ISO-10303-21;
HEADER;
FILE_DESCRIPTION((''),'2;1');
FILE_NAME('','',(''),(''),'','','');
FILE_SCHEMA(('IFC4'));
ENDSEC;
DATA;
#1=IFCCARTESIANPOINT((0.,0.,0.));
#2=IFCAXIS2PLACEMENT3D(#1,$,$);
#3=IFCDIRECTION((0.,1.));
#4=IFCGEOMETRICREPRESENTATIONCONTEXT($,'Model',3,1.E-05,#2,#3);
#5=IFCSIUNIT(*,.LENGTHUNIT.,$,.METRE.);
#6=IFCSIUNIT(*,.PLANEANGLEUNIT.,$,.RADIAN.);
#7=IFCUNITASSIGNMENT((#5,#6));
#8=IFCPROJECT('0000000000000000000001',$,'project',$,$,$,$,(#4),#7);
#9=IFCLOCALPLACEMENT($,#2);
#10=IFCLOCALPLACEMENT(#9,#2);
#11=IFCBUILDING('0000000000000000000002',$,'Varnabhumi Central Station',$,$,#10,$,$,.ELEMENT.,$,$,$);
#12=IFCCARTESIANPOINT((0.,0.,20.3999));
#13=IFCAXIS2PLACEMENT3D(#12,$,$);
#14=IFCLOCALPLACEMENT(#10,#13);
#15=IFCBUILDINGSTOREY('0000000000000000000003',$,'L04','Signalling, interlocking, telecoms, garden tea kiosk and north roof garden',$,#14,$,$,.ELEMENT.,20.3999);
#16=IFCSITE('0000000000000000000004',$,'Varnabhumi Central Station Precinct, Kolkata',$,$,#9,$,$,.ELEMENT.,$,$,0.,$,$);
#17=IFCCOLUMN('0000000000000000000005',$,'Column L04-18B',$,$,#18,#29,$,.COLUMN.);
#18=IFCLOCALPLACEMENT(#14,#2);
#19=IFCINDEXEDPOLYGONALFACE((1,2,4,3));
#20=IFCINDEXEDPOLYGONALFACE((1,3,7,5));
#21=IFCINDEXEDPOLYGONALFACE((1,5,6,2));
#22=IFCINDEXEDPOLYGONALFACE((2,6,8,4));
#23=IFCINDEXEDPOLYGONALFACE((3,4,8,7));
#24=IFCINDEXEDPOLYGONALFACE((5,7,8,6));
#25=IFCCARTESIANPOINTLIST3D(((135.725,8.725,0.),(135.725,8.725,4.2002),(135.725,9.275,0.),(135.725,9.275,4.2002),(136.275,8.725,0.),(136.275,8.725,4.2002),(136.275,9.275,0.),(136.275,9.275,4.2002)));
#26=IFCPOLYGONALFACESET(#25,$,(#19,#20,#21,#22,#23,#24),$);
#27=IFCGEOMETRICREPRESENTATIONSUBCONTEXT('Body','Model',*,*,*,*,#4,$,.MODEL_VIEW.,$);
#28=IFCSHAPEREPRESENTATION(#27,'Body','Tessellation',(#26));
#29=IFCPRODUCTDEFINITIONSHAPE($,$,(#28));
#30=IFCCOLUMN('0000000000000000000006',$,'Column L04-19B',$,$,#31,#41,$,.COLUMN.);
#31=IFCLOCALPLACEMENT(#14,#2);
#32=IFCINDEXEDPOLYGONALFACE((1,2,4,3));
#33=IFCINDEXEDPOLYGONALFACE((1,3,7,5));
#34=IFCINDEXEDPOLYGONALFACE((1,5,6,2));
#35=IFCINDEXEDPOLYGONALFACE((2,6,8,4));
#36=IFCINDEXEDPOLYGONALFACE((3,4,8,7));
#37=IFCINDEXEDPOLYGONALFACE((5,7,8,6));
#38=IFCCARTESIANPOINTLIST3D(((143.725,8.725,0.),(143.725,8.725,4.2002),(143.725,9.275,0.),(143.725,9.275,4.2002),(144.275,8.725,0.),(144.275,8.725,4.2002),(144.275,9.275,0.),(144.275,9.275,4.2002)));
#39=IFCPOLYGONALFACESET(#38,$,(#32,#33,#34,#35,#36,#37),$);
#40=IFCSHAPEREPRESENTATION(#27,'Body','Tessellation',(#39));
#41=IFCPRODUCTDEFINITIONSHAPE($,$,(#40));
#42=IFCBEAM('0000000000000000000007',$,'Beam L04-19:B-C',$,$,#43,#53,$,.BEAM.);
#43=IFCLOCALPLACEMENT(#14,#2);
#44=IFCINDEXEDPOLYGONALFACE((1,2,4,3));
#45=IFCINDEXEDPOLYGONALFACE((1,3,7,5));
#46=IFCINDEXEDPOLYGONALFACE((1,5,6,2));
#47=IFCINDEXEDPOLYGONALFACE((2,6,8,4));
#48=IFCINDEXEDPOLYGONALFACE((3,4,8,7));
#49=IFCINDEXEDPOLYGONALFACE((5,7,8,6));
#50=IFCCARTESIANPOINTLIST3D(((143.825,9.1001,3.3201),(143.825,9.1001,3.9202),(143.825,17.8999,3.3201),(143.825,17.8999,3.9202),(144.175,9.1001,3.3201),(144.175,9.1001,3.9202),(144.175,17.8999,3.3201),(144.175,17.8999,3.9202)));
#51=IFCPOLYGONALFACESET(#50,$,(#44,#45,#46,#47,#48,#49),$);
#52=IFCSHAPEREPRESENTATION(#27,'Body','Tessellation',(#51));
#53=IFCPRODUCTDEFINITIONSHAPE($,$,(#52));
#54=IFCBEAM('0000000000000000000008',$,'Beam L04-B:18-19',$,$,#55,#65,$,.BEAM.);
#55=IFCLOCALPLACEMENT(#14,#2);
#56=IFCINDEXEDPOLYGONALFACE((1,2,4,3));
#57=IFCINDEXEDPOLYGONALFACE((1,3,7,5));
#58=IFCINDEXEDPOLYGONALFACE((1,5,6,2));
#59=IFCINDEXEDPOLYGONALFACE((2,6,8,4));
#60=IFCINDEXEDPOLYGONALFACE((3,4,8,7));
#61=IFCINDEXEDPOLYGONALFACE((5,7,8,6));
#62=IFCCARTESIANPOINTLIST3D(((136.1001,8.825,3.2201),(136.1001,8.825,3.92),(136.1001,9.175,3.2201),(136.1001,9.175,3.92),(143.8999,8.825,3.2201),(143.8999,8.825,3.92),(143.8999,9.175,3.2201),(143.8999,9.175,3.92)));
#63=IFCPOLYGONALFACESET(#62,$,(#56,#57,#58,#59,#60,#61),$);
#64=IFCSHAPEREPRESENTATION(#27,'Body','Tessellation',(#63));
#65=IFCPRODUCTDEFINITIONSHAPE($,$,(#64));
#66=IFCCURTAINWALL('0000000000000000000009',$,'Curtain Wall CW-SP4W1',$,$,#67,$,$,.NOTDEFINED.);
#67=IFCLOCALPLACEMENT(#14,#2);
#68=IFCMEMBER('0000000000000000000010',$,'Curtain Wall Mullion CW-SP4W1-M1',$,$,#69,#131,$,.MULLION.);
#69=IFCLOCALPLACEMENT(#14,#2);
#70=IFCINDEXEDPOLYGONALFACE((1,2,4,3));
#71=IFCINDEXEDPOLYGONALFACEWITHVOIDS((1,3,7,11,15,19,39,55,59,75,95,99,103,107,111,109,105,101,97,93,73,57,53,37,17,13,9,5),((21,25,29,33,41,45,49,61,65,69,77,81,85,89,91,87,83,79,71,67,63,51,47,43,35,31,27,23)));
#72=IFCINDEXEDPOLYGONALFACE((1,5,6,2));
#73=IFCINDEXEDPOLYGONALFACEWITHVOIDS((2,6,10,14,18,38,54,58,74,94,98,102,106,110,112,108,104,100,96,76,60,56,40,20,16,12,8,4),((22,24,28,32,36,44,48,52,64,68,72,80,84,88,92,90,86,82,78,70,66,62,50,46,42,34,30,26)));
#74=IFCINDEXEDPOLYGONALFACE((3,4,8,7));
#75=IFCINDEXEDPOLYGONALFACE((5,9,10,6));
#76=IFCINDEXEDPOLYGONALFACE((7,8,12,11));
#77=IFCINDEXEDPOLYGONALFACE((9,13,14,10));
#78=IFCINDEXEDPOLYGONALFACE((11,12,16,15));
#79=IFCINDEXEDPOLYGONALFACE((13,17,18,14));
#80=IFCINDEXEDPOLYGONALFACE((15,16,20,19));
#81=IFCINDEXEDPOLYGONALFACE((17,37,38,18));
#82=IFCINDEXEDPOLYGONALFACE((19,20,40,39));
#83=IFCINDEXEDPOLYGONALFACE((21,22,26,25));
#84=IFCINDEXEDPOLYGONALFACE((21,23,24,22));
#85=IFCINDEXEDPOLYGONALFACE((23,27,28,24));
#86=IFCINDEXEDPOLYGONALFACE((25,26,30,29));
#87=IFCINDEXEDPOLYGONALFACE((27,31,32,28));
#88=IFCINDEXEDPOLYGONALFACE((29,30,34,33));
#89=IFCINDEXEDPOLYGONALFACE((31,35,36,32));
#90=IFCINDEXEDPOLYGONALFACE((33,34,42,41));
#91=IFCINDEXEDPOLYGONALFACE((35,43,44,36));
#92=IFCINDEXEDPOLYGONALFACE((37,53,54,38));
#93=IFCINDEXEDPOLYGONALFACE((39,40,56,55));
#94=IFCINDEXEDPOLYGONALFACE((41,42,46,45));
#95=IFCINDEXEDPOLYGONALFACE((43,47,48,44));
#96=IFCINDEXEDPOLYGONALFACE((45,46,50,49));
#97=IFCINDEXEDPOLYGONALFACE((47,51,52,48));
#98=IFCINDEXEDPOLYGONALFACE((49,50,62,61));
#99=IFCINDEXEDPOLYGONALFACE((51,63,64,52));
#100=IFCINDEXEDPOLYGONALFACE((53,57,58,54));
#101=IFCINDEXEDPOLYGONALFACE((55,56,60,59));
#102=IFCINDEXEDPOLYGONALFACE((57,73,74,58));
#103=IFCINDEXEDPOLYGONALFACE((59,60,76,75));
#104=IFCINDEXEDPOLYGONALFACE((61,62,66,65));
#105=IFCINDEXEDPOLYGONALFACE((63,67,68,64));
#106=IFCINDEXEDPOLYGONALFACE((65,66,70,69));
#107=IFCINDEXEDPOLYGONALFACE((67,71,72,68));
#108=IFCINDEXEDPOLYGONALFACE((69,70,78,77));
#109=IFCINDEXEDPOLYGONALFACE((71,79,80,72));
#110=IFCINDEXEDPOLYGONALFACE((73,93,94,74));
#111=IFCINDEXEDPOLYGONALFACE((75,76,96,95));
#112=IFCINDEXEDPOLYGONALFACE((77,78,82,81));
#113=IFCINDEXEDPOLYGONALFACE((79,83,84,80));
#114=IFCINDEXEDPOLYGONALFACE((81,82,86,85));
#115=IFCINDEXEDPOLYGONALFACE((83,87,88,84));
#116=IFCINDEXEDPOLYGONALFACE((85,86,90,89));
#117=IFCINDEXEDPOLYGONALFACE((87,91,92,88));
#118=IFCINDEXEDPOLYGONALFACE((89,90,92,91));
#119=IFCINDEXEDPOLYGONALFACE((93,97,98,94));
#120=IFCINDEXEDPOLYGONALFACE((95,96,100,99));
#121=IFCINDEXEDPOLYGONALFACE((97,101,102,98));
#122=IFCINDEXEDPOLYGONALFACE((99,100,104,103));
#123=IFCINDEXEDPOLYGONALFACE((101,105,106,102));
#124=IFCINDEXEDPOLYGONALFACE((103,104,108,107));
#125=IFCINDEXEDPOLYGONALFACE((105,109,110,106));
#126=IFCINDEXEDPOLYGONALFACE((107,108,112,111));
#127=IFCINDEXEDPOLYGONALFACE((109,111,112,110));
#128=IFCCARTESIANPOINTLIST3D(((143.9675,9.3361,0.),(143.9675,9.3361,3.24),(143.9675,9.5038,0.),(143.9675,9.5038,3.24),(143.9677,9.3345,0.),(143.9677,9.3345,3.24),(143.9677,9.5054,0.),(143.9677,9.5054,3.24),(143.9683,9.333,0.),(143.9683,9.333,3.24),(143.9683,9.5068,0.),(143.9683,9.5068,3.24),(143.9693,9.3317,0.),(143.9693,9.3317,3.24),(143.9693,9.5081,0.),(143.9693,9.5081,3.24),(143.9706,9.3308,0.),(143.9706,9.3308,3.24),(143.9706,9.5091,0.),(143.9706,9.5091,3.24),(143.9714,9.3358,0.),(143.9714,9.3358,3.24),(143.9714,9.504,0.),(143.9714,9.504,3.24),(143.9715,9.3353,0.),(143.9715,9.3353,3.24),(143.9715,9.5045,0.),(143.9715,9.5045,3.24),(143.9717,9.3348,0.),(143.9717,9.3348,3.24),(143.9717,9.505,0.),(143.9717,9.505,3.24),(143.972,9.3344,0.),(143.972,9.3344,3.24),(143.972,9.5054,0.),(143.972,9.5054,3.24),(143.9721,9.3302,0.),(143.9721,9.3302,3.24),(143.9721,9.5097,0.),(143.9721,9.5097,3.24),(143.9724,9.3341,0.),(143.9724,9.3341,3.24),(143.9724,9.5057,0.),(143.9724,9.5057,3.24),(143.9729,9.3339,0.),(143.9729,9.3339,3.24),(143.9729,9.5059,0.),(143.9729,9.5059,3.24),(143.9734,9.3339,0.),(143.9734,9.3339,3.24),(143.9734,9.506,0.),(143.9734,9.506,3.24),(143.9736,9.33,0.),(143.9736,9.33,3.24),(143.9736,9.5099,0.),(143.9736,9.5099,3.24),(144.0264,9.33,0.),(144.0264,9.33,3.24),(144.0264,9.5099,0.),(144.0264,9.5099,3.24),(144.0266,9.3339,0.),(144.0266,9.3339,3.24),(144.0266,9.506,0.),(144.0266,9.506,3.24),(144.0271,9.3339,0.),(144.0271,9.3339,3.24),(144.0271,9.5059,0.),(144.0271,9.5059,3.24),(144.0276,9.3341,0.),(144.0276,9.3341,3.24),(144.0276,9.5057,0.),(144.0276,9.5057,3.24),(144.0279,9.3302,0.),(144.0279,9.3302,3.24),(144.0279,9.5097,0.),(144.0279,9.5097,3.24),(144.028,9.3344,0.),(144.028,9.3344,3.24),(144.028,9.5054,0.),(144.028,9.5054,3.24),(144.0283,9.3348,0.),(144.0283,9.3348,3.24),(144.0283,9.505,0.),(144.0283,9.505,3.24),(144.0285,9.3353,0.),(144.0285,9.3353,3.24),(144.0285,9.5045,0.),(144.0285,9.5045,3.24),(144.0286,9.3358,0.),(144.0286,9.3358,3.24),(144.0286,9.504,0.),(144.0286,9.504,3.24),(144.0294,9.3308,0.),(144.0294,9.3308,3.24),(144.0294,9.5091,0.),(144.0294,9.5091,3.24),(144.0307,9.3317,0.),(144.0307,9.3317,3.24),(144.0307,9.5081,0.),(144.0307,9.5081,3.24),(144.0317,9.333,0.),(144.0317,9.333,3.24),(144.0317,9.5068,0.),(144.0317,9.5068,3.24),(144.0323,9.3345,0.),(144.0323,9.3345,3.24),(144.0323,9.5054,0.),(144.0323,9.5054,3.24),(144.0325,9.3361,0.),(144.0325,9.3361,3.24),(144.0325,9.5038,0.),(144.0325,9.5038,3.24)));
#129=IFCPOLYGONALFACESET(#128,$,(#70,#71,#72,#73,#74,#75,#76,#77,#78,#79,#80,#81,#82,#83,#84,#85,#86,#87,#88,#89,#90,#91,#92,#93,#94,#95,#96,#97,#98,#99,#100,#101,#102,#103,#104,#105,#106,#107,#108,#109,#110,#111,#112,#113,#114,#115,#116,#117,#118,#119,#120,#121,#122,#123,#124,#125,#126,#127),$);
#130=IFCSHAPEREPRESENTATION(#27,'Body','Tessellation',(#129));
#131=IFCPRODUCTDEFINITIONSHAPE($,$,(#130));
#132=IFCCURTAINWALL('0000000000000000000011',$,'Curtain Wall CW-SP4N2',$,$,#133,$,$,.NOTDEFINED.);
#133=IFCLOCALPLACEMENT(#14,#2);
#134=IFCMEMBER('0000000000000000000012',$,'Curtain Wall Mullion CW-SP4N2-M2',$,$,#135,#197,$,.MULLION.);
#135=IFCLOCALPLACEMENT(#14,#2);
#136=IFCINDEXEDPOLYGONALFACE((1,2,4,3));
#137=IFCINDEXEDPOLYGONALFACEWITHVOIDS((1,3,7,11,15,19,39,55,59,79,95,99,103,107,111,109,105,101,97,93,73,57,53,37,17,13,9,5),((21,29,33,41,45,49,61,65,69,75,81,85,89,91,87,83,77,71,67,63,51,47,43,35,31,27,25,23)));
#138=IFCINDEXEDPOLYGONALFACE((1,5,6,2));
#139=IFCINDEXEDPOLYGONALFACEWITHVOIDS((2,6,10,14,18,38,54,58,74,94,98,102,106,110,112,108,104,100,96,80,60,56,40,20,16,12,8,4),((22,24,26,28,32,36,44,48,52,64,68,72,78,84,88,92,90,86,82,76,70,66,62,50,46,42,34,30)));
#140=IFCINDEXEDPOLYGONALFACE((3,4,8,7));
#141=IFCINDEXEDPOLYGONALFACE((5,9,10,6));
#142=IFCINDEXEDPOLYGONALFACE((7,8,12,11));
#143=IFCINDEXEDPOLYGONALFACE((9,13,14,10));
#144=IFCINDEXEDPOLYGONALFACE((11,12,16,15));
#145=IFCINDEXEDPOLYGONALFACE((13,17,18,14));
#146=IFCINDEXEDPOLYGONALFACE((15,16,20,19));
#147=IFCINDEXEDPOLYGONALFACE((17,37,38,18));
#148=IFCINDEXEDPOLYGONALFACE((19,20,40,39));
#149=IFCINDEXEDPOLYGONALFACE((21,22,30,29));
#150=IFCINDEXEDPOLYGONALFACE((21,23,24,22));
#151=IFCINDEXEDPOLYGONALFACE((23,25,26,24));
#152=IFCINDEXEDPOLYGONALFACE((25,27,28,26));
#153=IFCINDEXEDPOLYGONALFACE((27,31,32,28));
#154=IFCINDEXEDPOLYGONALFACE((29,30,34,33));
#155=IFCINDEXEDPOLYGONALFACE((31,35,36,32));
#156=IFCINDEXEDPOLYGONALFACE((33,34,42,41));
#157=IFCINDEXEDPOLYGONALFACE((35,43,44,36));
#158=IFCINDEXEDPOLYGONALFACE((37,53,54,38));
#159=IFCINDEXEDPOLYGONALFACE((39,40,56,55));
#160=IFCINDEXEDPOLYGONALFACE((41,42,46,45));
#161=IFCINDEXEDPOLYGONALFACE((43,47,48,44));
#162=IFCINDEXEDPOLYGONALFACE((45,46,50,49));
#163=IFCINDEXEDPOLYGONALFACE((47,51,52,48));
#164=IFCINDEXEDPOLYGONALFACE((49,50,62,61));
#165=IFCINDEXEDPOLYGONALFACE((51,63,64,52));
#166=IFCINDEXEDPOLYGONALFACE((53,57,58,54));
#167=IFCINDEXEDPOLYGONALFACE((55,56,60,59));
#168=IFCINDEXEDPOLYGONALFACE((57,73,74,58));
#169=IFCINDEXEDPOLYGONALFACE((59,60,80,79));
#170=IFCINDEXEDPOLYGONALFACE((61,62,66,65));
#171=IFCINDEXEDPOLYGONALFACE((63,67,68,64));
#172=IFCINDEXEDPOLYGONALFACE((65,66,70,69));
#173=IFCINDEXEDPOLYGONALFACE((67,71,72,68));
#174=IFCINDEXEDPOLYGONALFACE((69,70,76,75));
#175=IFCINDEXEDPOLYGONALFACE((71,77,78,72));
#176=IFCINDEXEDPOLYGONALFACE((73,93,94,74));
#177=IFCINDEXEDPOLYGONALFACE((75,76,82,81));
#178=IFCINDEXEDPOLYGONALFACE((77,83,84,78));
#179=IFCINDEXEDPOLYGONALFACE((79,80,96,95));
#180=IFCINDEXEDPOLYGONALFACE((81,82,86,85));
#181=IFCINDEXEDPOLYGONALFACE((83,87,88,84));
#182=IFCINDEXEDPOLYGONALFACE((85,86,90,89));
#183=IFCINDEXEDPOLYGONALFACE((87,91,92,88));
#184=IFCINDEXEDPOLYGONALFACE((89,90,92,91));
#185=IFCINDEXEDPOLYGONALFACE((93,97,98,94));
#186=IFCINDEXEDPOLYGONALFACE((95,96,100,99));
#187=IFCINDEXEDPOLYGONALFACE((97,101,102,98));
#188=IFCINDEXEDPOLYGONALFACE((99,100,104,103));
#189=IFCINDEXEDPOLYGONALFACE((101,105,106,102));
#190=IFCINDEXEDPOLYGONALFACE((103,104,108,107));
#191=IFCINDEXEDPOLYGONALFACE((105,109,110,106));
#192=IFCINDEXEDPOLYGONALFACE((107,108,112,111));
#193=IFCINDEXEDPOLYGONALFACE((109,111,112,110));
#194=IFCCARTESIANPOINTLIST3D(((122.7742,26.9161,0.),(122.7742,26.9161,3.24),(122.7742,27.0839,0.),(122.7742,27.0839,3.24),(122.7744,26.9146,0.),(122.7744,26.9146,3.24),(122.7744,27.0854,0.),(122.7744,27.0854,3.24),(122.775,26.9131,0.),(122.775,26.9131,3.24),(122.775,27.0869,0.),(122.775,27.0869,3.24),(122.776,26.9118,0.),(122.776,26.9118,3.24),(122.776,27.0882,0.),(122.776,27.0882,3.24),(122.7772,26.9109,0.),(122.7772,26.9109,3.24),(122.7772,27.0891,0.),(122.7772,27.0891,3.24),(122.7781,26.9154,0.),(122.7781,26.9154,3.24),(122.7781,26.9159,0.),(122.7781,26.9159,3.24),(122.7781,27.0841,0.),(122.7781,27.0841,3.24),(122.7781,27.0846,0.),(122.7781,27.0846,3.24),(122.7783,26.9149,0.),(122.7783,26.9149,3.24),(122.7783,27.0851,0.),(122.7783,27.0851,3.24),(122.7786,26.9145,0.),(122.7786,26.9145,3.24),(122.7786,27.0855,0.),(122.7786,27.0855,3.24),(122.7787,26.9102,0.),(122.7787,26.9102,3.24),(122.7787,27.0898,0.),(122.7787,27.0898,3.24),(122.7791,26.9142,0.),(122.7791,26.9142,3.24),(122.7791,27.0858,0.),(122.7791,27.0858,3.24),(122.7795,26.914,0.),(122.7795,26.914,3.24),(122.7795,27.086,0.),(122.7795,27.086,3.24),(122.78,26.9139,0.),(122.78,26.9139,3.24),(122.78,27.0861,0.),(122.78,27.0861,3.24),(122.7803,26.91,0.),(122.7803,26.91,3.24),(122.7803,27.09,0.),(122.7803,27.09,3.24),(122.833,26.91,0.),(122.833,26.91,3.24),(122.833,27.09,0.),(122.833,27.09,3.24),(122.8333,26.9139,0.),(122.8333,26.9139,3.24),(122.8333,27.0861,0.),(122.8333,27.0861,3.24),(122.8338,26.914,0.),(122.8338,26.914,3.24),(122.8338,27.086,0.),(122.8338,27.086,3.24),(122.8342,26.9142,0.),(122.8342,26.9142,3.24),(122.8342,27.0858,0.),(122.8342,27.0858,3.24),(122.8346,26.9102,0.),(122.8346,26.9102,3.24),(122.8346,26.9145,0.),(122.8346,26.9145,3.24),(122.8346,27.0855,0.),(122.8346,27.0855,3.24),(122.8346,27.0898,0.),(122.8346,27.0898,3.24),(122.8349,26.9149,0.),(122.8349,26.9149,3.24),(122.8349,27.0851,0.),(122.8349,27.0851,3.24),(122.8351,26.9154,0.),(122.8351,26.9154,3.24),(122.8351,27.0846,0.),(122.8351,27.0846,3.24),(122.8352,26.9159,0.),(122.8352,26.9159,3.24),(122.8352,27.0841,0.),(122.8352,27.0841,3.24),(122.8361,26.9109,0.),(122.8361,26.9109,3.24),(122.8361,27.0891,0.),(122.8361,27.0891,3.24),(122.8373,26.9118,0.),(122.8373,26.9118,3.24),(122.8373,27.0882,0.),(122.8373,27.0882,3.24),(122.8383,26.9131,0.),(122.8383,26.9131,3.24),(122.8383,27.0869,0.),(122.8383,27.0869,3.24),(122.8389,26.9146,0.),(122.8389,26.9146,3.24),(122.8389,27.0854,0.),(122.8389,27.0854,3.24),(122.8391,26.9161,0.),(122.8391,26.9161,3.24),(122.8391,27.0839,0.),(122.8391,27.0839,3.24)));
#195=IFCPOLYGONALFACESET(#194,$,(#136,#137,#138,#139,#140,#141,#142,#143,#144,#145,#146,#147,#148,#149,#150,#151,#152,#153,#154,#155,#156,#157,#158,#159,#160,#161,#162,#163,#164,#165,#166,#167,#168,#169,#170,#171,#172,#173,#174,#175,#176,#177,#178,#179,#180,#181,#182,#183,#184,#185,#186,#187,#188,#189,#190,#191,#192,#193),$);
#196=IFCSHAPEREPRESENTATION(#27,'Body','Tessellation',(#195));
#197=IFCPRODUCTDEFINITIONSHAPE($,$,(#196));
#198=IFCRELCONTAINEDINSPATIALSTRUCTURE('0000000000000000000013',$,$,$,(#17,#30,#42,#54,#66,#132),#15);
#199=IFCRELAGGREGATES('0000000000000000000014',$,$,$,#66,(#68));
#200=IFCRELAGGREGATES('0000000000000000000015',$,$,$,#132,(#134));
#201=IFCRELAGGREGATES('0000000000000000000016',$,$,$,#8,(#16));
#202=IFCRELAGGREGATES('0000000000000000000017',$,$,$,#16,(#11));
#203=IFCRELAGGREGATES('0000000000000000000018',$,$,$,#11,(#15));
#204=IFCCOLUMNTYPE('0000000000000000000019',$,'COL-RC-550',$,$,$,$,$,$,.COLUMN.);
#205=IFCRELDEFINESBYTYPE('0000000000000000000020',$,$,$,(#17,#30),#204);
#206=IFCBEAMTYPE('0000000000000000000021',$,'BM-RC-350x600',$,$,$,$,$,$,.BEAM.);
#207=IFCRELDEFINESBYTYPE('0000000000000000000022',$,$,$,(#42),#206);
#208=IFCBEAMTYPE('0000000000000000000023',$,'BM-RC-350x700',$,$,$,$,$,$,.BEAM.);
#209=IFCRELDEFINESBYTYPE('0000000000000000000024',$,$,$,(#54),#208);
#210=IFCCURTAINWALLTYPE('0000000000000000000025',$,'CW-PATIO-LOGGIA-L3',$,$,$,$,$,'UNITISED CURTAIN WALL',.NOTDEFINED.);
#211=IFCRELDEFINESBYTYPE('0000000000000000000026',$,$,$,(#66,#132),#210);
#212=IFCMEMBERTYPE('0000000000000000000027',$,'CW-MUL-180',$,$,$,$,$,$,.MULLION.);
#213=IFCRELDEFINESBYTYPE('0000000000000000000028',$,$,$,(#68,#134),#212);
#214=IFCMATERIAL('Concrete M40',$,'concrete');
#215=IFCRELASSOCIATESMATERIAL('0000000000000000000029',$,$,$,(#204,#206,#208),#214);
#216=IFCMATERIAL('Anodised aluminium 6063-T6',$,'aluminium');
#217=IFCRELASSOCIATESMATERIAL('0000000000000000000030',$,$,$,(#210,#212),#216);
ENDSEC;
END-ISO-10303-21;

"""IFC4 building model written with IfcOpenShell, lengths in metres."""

from ifc_helpers import new_model, si_unit, direction, frame, origin, origin_2d, place, context, subcontext, project, spatial, rectangle, hollow_rectangle, extrude, material, material_profile, profile_set, type_object, element, aggregate, save


model = new_model("IFC4")

# Units and contexts
model_context = context("Model", 3, precision=1e-05, world=origin(), true_north=direction((0.0, 1.0)))
body_context = subcontext(model_context, "Body", "Model", "MODEL_VIEW")
ifc_project = project(units=[si_unit("LENGTHUNIT", "METRE"), si_unit("PLANEANGLEUNIT", "RADIAN")], contexts=[model_context])

# Site, building, storey
site_placement = place(None, origin())
site = spatial("IfcSite", under=ifc_project, at=site_placement, Name="Varnabhumi Central Station Precinct, Kolkata", CompositionType="ELEMENT", RefElevation=0.0)
building_placement = place(site_placement, origin())
building = spatial("IfcBuilding", under=site, at=building_placement, Name="Varnabhumi Central Station", CompositionType="ELEMENT")
storey_placement = place(building_placement, frame((0.0, 0.0, 20.3999)))
storey = spatial("IfcBuildingStorey", under=building, at=storey_placement, Name="L04", Description="Signalling, interlocking, telecoms, garden tea kiosk and north roof garden", CompositionType="ELEMENT", Elevation=20.3999)

# Columns
ifc_material_1 = material(Name="Concrete M40", Category="concrete")
ifc_material_profile_1 = material_profile(ifc_material_1, rectangle(XDim=0.55, YDim=0.55, at=origin_2d()), Name="Concrete M40", Category="concrete")
ifc_profile_set_1 = profile_set([ifc_material_profile_1], Name="Concrete M40")
column_type = type_object("IfcColumnType", Name="COL-RC-550", PredefinedType="COLUMN", material=ifc_profile_set_1)
for number, where, z_axis, x_axis, name in (
    (1, (136.0, 9.0, 0.0), (0.0, 0.0, 1.0), (1.0, 0.0, 0.0), "Column L04-18B"),
    (2, (144.0, 9.0, 0.0), (0.0, 0.0, 1.0), (1.0, 0.0, 0.0), "Column L04-19B"),
):
    element("IfcColumn", number, at=place(storey_placement, frame(where, z_axis=z_axis, x_axis=x_axis)), inside=storey, type_object=column_type, Name=name, PredefinedType="COLUMN", context=body_context, shape_type="SweptSolid", body=[
        extrude(rectangle(XDim=0.55, YDim=0.55, at=origin_2d()), origin(), (0.0, 0.0, 1.0), 4.2002),
    ])

# Beams
ifc_material_profile_2 = material_profile(ifc_material_1, rectangle(XDim=0.3501, YDim=0.6001, at=origin_2d()), Name="Concrete M40", Category="concrete")
ifc_profile_set_2 = profile_set([ifc_material_profile_2], Name="Concrete M40")
beam_type_1 = type_object("IfcBeamType", Name="BM-RC-350x600", PredefinedType="BEAM", material=ifc_profile_set_2)
beam_1_placement = place(storey_placement, frame((144.0, 9.1001, 3.6201), z_axis=(0.0, 1.0, 0.0), x_axis=(-1.0, 0.0, 0.0)))
element("IfcBeam", 3, at=beam_1_placement, inside=storey, type_object=beam_type_1, Name="Beam L04-19:B-C", PredefinedType="BEAM", context=body_context, shape_type="SweptSolid", body=[
    extrude(rectangle(XDim=0.3501, YDim=0.6001, at=origin_2d()), origin(), (0.0, 0.0, 1.0), 8.7998),
])
ifc_material_profile_3 = material_profile(ifc_material_1, rectangle(XDim=0.3501, YDim=0.7, at=origin_2d()), Name="Concrete M40", Category="concrete")
ifc_profile_set_3 = profile_set([ifc_material_profile_3], Name="Concrete M40")
beam_type_2 = type_object("IfcBeamType", Name="BM-RC-350x700", PredefinedType="BEAM", material=ifc_profile_set_3)
beam_2_placement = place(storey_placement, frame((136.1001, 9.0, 3.5701), z_axis=(1.0, 0.0, 0.0), x_axis=(0.0, 1.0, 0.0)))
element("IfcBeam", 4, at=beam_2_placement, inside=storey, type_object=beam_type_2, Name="Beam L04-B:18-19", PredefinedType="BEAM", context=body_context, shape_type="SweptSolid", body=[
    extrude(rectangle(XDim=0.3501, YDim=0.7, at=origin_2d()), origin(), (0.0, 0.0, 1.0), 7.7998),
])

# Curtain wall, member
ifc_material_2 = material(Name="Anodised aluminium 6063-T6", Category="aluminium")
curtain_wall_type = type_object("IfcCurtainWallType", Name="CW-PATIO-LOGGIA-L3", ElementType="UNITISED CURTAIN WALL", PredefinedType="NOTDEFINED", material=ifc_material_2)
curtain_wall_1_placement = place(storey_placement, origin())
curtain_wall_1 = element("IfcCurtainWall", 5, at=curtain_wall_1_placement, inside=storey, type_object=curtain_wall_type, Name="Curtain Wall CW-SP4W1", PredefinedType="NOTDEFINED")
ifc_material_profile_4 = material_profile(ifc_material_2, hollow_rectangle(XDim=0.0649, YDim=0.1799, WallThickness=0.0039, InnerFilletRadius=0.002, OuterFilletRadius=0.0061, at=origin_2d()), Name="Anodised aluminium 6063-T6", Category="aluminium")
ifc_profile_set_4 = profile_set([ifc_material_profile_4], Name="Anodised aluminium 6063-T6")
member_type_1 = type_object("IfcMemberType", Name="CW-MUL-180", PredefinedType="MULLION", material=ifc_profile_set_4)
member_1_placement = place(storey_placement, frame((144.0, 9.4199, 0.0), z_axis=(0.0, 0.0, 1.0), x_axis=(1.0, 0.0, 0.0)))
member_1 = element("IfcMember", 6, at=member_1_placement, type_object=member_type_1, Name="Curtain Wall Mullion CW-SP4W1-M1", PredefinedType="MULLION", context=body_context, shape_type="SweptSolid", body=[
    extrude(hollow_rectangle(XDim=0.0649, YDim=0.1799, WallThickness=0.0039, InnerFilletRadius=0.002, OuterFilletRadius=0.0061, at=origin_2d()), origin(), (0.0, 0.0, 1.0), 3.24),
])

# Curtain wall, member
curtain_wall_2_placement = place(storey_placement, origin())
curtain_wall_2 = element("IfcCurtainWall", 7, at=curtain_wall_2_placement, inside=storey, type_object=curtain_wall_type, Name="Curtain Wall CW-SP4N2", PredefinedType="NOTDEFINED")
member_2_placement = place(storey_placement, frame((122.8066, 27.0, 0.0), z_axis=(0.0, 0.0, 1.0), x_axis=(1.0, 0.0, 0.0)))
member_2 = element("IfcMember", 8, at=member_2_placement, type_object=member_type_1, Name="Curtain Wall Mullion CW-SP4N2-M2", PredefinedType="MULLION", context=body_context, shape_type="SweptSolid", body=[
    extrude(hollow_rectangle(XDim=0.0649, YDim=0.1799, WallThickness=0.0039, InnerFilletRadius=0.002, OuterFilletRadius=0.0061, at=origin_2d()), origin(), (0.0, 0.0, 1.0), 3.24),
])

aggregate(curtain_wall_1, [member_1])

aggregate(curtain_wall_2, [member_2])

save(model, "model.ifc")
